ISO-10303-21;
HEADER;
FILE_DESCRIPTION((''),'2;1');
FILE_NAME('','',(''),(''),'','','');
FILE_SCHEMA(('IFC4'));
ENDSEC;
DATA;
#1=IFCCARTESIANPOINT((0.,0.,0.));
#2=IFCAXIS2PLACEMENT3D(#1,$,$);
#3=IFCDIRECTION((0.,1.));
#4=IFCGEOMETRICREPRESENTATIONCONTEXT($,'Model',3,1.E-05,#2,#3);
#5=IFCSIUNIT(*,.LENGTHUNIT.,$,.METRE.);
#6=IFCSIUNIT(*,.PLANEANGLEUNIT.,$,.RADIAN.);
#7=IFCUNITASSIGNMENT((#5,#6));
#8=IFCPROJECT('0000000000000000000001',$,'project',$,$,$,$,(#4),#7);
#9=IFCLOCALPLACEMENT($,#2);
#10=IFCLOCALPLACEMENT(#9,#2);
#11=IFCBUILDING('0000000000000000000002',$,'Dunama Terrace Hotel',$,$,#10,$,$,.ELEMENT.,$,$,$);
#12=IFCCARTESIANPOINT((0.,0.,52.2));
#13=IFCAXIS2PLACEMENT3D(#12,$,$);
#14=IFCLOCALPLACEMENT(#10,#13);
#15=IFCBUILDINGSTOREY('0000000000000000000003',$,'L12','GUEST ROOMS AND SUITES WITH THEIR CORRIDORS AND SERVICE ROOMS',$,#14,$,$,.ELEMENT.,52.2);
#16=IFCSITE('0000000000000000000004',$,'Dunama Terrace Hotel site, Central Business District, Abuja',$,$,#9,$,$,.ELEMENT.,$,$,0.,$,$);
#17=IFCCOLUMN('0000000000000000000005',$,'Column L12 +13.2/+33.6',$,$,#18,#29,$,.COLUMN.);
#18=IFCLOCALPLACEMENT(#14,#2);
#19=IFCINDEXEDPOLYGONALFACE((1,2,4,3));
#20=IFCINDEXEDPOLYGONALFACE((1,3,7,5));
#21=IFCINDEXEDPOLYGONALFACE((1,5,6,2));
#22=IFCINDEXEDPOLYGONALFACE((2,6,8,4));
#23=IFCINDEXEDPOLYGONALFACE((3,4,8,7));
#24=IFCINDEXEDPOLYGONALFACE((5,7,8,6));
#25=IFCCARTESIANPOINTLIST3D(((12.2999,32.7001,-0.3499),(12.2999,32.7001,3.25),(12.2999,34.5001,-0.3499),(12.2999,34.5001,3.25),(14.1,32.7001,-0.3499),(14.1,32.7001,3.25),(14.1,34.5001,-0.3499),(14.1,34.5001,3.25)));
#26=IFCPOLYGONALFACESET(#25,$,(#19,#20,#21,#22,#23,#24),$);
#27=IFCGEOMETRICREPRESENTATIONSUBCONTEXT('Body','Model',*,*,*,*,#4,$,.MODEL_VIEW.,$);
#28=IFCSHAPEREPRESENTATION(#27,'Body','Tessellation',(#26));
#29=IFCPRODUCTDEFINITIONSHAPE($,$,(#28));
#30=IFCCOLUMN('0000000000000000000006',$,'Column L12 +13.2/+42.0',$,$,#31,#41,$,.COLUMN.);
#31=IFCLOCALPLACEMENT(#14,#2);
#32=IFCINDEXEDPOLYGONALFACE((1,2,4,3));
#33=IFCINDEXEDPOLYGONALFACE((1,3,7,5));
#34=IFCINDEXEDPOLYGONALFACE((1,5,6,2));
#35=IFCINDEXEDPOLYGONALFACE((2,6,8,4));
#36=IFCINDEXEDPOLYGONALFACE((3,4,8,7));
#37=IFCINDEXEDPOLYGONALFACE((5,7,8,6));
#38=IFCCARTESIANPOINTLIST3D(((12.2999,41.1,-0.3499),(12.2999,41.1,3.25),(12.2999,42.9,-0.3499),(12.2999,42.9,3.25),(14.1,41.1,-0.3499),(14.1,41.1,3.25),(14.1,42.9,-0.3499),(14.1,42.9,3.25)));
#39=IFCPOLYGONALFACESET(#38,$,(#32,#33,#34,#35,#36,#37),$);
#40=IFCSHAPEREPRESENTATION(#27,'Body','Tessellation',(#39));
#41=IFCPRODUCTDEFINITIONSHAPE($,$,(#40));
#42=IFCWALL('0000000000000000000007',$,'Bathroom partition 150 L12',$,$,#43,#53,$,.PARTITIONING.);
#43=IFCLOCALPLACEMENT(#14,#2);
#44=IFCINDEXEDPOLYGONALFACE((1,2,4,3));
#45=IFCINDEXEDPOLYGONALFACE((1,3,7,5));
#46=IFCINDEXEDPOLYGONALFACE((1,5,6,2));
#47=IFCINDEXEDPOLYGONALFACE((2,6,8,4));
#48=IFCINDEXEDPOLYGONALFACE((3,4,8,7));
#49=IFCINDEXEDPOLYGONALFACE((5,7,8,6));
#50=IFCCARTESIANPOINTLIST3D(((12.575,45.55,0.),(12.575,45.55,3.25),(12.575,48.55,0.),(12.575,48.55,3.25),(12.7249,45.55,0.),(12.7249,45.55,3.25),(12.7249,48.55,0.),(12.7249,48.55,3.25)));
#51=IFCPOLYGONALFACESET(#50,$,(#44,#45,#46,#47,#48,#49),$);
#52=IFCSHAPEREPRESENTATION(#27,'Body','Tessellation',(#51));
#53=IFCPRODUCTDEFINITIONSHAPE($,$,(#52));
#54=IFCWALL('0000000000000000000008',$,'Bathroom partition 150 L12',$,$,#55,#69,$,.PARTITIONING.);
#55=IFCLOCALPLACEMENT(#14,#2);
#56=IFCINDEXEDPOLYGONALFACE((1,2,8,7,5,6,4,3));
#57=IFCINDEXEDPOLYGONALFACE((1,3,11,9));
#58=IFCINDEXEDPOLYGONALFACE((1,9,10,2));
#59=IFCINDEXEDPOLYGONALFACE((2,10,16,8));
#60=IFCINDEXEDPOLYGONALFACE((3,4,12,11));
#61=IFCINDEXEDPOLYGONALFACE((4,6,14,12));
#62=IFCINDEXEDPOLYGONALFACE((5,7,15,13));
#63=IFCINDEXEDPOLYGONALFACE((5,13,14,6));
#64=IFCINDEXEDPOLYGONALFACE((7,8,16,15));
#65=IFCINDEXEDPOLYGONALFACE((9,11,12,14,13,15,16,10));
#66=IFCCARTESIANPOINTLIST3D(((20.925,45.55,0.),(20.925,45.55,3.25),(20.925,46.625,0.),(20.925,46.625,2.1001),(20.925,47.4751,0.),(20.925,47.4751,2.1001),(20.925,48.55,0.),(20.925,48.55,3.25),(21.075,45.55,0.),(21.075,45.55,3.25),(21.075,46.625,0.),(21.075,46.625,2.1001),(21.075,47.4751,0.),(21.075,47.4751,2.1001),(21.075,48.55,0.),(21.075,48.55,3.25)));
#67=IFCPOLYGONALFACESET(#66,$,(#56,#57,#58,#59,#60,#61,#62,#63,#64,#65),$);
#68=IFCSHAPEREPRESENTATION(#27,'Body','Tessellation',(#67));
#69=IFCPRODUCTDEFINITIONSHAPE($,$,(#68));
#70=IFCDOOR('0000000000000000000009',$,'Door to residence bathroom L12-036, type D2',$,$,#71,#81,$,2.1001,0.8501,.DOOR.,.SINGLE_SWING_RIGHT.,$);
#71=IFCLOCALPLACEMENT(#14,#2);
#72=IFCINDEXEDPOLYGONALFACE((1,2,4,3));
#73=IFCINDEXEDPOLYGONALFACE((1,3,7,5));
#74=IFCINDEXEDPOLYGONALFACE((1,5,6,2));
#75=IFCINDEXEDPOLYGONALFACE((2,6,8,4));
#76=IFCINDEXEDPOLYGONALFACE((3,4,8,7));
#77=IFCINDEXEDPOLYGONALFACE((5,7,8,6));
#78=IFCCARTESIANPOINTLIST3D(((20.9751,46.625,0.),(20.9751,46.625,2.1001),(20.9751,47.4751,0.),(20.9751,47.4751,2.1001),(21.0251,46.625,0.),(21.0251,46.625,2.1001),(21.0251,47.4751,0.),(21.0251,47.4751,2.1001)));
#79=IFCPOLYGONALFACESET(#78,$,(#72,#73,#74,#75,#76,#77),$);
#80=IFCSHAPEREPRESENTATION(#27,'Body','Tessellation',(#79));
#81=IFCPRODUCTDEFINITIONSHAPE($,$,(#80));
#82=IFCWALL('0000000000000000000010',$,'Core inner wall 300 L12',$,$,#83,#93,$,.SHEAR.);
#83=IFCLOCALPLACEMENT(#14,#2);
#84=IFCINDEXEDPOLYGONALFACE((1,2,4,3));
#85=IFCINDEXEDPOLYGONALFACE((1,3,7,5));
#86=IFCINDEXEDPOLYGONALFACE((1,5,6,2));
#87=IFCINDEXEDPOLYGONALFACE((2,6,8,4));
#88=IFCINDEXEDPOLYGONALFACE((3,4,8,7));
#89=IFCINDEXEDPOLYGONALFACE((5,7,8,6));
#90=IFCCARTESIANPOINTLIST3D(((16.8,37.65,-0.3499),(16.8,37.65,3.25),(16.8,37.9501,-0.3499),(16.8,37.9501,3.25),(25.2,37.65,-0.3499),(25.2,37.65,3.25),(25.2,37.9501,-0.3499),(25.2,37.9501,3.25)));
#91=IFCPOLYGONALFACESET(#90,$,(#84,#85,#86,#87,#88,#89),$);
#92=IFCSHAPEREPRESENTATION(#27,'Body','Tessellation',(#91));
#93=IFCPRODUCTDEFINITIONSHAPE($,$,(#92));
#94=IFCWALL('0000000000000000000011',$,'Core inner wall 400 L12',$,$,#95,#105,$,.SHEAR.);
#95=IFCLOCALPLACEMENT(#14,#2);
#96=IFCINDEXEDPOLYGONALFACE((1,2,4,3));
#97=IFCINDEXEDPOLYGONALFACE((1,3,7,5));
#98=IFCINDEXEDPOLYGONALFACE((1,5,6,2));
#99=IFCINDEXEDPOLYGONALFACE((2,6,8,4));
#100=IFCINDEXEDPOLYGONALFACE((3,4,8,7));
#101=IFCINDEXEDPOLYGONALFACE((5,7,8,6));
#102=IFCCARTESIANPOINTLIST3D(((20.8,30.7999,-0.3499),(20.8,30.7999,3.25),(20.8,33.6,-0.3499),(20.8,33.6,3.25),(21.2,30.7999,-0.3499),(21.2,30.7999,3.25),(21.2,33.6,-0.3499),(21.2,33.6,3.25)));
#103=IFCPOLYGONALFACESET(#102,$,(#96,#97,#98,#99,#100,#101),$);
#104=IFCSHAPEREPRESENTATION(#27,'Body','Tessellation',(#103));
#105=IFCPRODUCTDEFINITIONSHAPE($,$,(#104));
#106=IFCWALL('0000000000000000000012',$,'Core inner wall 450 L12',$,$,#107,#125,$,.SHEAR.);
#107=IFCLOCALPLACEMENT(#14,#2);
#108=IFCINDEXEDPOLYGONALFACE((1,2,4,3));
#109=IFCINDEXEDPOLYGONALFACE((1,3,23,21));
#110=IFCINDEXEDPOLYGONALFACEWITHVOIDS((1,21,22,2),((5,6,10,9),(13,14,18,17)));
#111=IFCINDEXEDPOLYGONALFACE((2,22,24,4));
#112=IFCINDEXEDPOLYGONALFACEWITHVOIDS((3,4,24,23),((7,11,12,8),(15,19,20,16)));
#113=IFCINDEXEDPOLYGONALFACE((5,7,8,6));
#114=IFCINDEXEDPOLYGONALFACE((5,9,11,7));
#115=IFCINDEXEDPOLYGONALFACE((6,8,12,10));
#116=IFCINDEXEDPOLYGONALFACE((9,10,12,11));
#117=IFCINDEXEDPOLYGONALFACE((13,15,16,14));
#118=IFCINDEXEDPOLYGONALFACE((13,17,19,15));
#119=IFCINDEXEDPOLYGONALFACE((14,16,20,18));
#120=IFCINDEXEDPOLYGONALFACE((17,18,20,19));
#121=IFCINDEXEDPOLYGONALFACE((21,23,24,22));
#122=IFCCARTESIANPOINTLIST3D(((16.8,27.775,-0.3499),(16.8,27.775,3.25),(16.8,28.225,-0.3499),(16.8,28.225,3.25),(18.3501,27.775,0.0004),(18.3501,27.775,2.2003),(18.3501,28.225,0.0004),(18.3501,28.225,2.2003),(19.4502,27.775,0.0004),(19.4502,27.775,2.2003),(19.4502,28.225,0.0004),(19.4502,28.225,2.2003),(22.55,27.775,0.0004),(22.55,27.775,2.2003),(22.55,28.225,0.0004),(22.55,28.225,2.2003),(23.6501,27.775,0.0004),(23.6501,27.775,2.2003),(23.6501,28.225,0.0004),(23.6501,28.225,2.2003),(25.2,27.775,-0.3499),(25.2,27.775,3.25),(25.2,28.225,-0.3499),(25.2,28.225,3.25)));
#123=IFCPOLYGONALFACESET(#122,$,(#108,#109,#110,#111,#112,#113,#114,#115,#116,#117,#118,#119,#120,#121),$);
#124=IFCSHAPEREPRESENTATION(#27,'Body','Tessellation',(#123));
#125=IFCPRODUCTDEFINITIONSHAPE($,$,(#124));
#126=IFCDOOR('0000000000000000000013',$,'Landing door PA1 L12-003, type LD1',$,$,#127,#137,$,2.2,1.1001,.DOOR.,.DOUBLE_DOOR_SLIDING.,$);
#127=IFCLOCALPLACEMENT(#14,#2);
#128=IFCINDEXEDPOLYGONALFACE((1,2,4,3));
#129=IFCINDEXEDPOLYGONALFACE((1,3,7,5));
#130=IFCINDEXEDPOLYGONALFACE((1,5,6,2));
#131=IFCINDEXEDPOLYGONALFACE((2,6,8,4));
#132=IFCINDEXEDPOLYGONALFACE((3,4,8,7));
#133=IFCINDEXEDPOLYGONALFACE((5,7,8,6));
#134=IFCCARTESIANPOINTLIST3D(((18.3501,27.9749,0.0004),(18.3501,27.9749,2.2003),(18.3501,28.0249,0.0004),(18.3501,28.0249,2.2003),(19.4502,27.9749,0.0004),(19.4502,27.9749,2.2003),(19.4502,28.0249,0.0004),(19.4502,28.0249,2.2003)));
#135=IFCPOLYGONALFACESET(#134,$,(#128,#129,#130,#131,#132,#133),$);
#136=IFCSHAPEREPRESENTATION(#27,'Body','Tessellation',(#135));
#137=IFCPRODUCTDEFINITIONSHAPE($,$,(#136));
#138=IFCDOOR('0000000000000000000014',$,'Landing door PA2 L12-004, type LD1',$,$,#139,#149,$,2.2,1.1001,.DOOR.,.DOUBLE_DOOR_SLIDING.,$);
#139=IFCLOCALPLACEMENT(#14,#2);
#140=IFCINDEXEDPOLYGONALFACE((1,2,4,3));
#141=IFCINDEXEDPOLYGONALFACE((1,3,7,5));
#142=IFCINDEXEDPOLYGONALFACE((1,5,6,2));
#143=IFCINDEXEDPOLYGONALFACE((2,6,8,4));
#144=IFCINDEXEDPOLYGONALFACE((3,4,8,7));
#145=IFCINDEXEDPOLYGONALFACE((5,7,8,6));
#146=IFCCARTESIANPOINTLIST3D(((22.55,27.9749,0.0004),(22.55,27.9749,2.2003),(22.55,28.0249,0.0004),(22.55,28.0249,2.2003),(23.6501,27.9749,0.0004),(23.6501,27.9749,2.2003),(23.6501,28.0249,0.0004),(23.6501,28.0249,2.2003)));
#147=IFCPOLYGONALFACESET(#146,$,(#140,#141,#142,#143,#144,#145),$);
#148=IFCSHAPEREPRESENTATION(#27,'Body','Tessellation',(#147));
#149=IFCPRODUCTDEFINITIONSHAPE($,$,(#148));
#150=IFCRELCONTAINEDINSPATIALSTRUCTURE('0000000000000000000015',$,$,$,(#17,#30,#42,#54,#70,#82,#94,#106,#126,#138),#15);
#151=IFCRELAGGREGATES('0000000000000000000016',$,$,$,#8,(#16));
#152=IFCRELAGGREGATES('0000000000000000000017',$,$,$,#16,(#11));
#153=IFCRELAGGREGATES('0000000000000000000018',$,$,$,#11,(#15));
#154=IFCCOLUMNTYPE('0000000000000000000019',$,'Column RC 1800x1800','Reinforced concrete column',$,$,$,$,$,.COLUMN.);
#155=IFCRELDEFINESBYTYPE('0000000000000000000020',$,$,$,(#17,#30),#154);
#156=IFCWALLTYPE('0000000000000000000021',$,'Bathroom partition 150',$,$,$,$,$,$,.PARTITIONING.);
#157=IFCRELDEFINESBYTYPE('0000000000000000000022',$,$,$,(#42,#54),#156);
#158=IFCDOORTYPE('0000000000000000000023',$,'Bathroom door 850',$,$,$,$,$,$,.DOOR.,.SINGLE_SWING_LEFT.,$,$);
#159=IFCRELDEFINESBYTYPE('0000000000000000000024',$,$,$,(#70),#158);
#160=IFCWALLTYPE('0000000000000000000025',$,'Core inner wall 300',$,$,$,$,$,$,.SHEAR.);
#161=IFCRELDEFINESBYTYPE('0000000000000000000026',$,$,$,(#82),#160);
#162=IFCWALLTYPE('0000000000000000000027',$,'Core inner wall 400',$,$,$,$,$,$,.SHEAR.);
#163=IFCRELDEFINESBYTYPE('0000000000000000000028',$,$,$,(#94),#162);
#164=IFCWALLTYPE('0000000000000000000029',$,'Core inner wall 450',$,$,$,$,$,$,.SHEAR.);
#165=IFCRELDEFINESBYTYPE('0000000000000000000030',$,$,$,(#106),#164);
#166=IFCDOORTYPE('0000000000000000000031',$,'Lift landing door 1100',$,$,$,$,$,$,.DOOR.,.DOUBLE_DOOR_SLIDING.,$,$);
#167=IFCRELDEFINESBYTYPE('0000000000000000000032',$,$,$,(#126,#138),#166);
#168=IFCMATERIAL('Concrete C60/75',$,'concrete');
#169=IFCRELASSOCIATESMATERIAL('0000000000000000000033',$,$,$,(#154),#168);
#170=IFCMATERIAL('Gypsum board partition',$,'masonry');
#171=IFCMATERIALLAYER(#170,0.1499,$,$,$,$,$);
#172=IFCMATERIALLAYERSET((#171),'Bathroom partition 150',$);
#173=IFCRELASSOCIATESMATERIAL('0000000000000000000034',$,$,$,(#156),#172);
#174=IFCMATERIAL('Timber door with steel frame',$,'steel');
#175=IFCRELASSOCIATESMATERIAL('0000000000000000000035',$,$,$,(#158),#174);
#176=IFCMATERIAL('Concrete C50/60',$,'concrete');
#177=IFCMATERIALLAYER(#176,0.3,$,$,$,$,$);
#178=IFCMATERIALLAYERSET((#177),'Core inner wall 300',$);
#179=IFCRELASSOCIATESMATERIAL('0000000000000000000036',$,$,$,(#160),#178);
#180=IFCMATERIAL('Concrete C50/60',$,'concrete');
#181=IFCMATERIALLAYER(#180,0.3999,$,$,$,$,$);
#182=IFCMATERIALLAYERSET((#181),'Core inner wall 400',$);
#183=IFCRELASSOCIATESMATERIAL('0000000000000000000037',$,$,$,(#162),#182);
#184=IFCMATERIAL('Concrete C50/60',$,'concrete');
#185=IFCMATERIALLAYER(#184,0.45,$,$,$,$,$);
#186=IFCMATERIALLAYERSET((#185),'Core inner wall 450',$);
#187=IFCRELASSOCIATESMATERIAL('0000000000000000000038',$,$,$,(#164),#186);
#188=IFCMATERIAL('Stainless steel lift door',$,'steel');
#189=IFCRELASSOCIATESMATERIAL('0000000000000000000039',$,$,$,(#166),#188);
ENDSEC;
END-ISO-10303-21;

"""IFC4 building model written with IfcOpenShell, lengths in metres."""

from ifc_helpers import new_model, si_unit, direction, frame, frame_2d, origin, origin_2d, place, context, subcontext, project, spatial, rectangle, extrude, material, layer, layer_set, material_profile, profile_set, type_object, element, fill, save


model = new_model("IFC4")

# Units and contexts
model_context = context("Model", 3, precision=1e-05, world=origin(), true_north=direction((0.0, 1.0)))
body_context = subcontext(model_context, "Body", "Model", "MODEL_VIEW")
ifc_project = project(units=[si_unit("LENGTHUNIT", "METRE"), si_unit("PLANEANGLEUNIT", "RADIAN")], contexts=[model_context])

# Site, building, storey
site_placement = place(None, origin())
site = spatial("IfcSite", under=ifc_project, at=site_placement, Name="Dunama Terrace Hotel site, Central Business District, Abuja", CompositionType="ELEMENT", RefElevation=0.0)
building_placement = place(site_placement, origin())
building = spatial("IfcBuilding", under=site, at=building_placement, Name="Dunama Terrace Hotel", CompositionType="ELEMENT")
storey_placement = place(building_placement, frame((0.0, 0.0, 52.2)))
storey = spatial("IfcBuildingStorey", under=building, at=storey_placement, Name="L12", Description="GUEST ROOMS AND SUITES WITH THEIR CORRIDORS AND SERVICE ROOMS", CompositionType="ELEMENT", Elevation=52.2)

# Columns
ifc_material_1 = material(Name="Concrete C60/75", Category="concrete")
ifc_material_profile = material_profile(ifc_material_1, rectangle(XDim=1.8, YDim=1.8, at=origin_2d()), Name="RC 1800x1800")
ifc_profile_set = profile_set([ifc_material_profile], Name="Concrete C60/75")
column_type = type_object("IfcColumnType", Name="Column RC 1800x1800", Description="Reinforced concrete column", PredefinedType="COLUMN", material=ifc_profile_set)
for number, where, z_axis, x_axis, name in (
    (1, (13.2, 33.6001, -0.3499), (0.0, 0.0, 1.0), (1.0, 0.0, 0.0), "Column L12 +13.2/+33.6"),
    (2, (13.2, 42.0, -0.3499), (0.0, 0.0, 1.0), (1.0, 0.0, 0.0), "Column L12 +13.2/+42.0"),
):
    element("IfcColumn", number, at=place(storey_placement, frame(where, z_axis=z_axis, x_axis=x_axis)), inside=storey, type_object=column_type, Name=name, PredefinedType="COLUMN", context=body_context, shape_type="SweptSolid", body=[
        extrude(rectangle(XDim=1.8, YDim=1.8, at=origin_2d()), origin(), (0.0, 0.0, 1.0), 3.5999),
    ])

# Wall
ifc_material_2 = material(Name="Gypsum board partition", Category="masonry")
ifc_layer_1 = layer(ifc_material_2, 0.1499)
ifc_layer_set_1 = layer_set([ifc_layer_1], Name="Bathroom partition 150")
wall_type_1 = type_object("IfcWallType", Name="Bathroom partition 150", PredefinedType="PARTITIONING", material=ifc_layer_set_1)
wall_1_placement = place(storey_placement, frame((12.6499, 45.55, 0.0), z_axis=(0.0, 0.0, 1.0), x_axis=(0.0, 1.0, 0.0)))
element("IfcWall", 3, at=wall_1_placement, inside=storey, type_object=wall_type_1, Name="Bathroom partition 150 L12", PredefinedType="PARTITIONING", context=body_context, shape_type="SweptSolid", body=[
    extrude(rectangle(XDim=3.0, YDim=0.1499, at=frame_2d((1.5, 0.0))), origin(), (0.0, 0.0, 1.0), 3.25),
])

# Wall, opening, door
wall_2_placement = place(storey_placement, frame((21.0, 45.55, 0.0), z_axis=(0.0, 0.0, 1.0), x_axis=(0.0, 1.0, 0.0)))
wall_2 = element("IfcWall", 4, at=wall_2_placement, inside=storey, type_object=wall_type_1, Name="Bathroom partition 150 L12", PredefinedType="PARTITIONING", context=body_context, shape_type="SweptSolid", body=[
    extrude(rectangle(XDim=3.0, YDim=0.1499, at=frame_2d((1.5, 0.0))), origin(), (0.0, 0.0, 1.0), 3.25),
])
opening_1_placement = place(wall_2_placement, frame((1.075, 0.0, 0.0)))
opening_1 = element("IfcOpeningElement", 5, at=opening_1_placement, cuts=wall_2, PredefinedType="OPENING", context=body_context, shape_type="SweptSolid", body=[
    extrude(rectangle(XDim=0.8501, YDim=2.1001, at=frame_2d((0.425, 1.05))), frame((0.0, 0.085, 0.0), z_axis=(0.0, -1.0, 0.0), x_axis=(1.0, 0.0, 0.0)), (0.0, 0.0, 1.0), 0.1699),
])
ifc_material_3 = material(Name="Timber door with steel frame", Category="steel")
door_type_1 = type_object("IfcDoorType", Name="Bathroom door 850", OperationType="SINGLE_SWING_LEFT", PredefinedType="DOOR", material=ifc_material_3)
door_1_placement = place(opening_1_placement, frame((0.8501, 0.0, 0.0), z_axis=(0.0, 0.0, 1.0), x_axis=(-1.0, 0.0, 0.0)))
door_1 = element("IfcDoor", 6, at=door_1_placement, inside=storey, type_object=door_type_1, Name="Door to residence bathroom L12-036, type D2", OperationType="SINGLE_SWING_RIGHT", OverallHeight=2.1001, OverallWidth=0.8501, PredefinedType="DOOR", context=body_context, shape_type="SweptSolid", body=[
    extrude(rectangle(XDim=0.8501, YDim=2.1001, at=frame_2d((0.425, 1.05))), frame((0.0, 0.0251, 0.0), z_axis=(0.0, -1.0, 0.0), x_axis=(1.0, 0.0, 0.0)), (0.0, 0.0, 1.0), 0.05),
])
fill(opening_1, door_1)

# Walls
ifc_material_4 = material(Name="Concrete C50/60", Category="concrete")
ifc_layer_2 = layer(ifc_material_4, 0.3)
ifc_layer_set_2 = layer_set([ifc_layer_2], Name="Core inner wall 300")
wall_type_2 = type_object("IfcWallType", Name="Core inner wall 300", PredefinedType="SHEAR", material=ifc_layer_set_2)
wall_3_placement = place(storey_placement, frame((16.8, 37.8, -0.3499), z_axis=(0.0, 0.0, 1.0), x_axis=(1.0, 0.0, 0.0)))
element("IfcWall", 7, at=wall_3_placement, inside=storey, type_object=wall_type_2, Name="Core inner wall 300 L12", PredefinedType="SHEAR", context=body_context, shape_type="SweptSolid", body=[
    extrude(rectangle(XDim=8.3999, YDim=0.3, at=frame_2d((4.2, 0.0))), origin(), (0.0, 0.0, 1.0), 3.5999),
])
ifc_material_5 = material(Name="Concrete C50/60", Category="concrete")
ifc_layer_3 = layer(ifc_material_5, 0.3999)
ifc_layer_set_3 = layer_set([ifc_layer_3], Name="Core inner wall 400")
wall_type_3 = type_object("IfcWallType", Name="Core inner wall 400", PredefinedType="SHEAR", material=ifc_layer_set_3)
wall_4_placement = place(storey_placement, frame((21.0, 30.8, -0.3499), z_axis=(0.0, 0.0, 1.0), x_axis=(0.0, 1.0, 0.0)))
element("IfcWall", 8, at=wall_4_placement, inside=storey, type_object=wall_type_3, Name="Core inner wall 400 L12", PredefinedType="SHEAR", context=body_context, shape_type="SweptSolid", body=[
    extrude(rectangle(XDim=2.8, YDim=0.3999, at=frame_2d((1.3999, 0.0))), origin(), (0.0, 0.0, 1.0), 3.5999),
])

# Wall, openings, doors
ifc_material_6 = material(Name="Concrete C50/60", Category="concrete")
ifc_layer_4 = layer(ifc_material_6, 0.45)
ifc_layer_set_4 = layer_set([ifc_layer_4], Name="Core inner wall 450")
wall_type_4 = type_object("IfcWallType", Name="Core inner wall 450", PredefinedType="SHEAR", material=ifc_layer_set_4)
wall_5_placement = place(storey_placement, frame((16.8, 28.0, -0.3499), z_axis=(0.0, 0.0, 1.0), x_axis=(1.0, 0.0, 0.0)))
wall_5 = element("IfcWall", 9, at=wall_5_placement, inside=storey, type_object=wall_type_4, Name="Core inner wall 450 L12", PredefinedType="SHEAR", context=body_context, shape_type="SweptSolid", body=[
    extrude(rectangle(XDim=8.3999, YDim=0.45, at=frame_2d((4.2, 0.0))), origin(), (0.0, 0.0, 1.0), 3.5999),
])
opening_2_placement = place(wall_5_placement, frame((1.55, 0.0, 0.3501)))
opening_2 = element("IfcOpeningElement", 10, at=opening_2_placement, cuts=wall_5, PredefinedType="OPENING", context=body_context, shape_type="SweptSolid", body=[
    extrude(rectangle(XDim=1.1001, YDim=2.2, at=frame_2d((0.55, 1.1001))), frame((0.0, 0.2349, 0.0), z_axis=(0.0, -1.0, 0.0), x_axis=(1.0, 0.0, 0.0)), (0.0, 0.0, 1.0), 0.47),
])
opening_3_placement = place(wall_5_placement, frame((5.75, 0.0, 0.3501)))
opening_3 = element("IfcOpeningElement", 11, at=opening_3_placement, cuts=wall_5, PredefinedType="OPENING", context=body_context, shape_type="SweptSolid", body=[
    extrude(rectangle(XDim=1.1001, YDim=2.2, at=frame_2d((0.55, 1.1001))), frame((0.0, 0.2349, 0.0), z_axis=(0.0, -1.0, 0.0), x_axis=(1.0, 0.0, 0.0)), (0.0, 0.0, 1.0), 0.47),
])
ifc_material_7 = material(Name="Stainless steel lift door", Category="steel")
door_type_2 = type_object("IfcDoorType", Name="Lift landing door 1100", OperationType="DOUBLE_DOOR_SLIDING", PredefinedType="DOOR", material=ifc_material_7)
door_2_placement = place(opening_2_placement, origin())
door_2 = element("IfcDoor", 12, at=door_2_placement, inside=storey, type_object=door_type_2, Name="Landing door PA1 L12-003, type LD1", OperationType="DOUBLE_DOOR_SLIDING", OverallHeight=2.2, OverallWidth=1.1001, PredefinedType="DOOR", context=body_context, shape_type="SweptSolid", body=[
    extrude(rectangle(XDim=1.1001, YDim=2.2, at=frame_2d((0.55, 1.1001))), frame((0.0, 0.0249, 0.0), z_axis=(0.0, -1.0, 0.0), x_axis=(1.0, 0.0, 0.0)), (0.0, 0.0, 1.0), 0.05),
])
fill(opening_2, door_2)
door_3_placement = place(opening_3_placement, origin())
door_3 = element("IfcDoor", 13, at=door_3_placement, inside=storey, type_object=door_type_2, Name="Landing door PA2 L12-004, type LD1", OperationType="DOUBLE_DOOR_SLIDING", OverallHeight=2.2, OverallWidth=1.1001, PredefinedType="DOOR", context=body_context, shape_type="SweptSolid", body=[
    extrude(rectangle(XDim=1.1001, YDim=2.2, at=frame_2d((0.55, 1.1001))), frame((0.0, 0.0249, 0.0), z_axis=(0.0, -1.0, 0.0), x_axis=(1.0, 0.0, 0.0)), (0.0, 0.0, 1.0), 0.05),
])
fill(opening_3, door_3)

save(model, "model.ifc")
